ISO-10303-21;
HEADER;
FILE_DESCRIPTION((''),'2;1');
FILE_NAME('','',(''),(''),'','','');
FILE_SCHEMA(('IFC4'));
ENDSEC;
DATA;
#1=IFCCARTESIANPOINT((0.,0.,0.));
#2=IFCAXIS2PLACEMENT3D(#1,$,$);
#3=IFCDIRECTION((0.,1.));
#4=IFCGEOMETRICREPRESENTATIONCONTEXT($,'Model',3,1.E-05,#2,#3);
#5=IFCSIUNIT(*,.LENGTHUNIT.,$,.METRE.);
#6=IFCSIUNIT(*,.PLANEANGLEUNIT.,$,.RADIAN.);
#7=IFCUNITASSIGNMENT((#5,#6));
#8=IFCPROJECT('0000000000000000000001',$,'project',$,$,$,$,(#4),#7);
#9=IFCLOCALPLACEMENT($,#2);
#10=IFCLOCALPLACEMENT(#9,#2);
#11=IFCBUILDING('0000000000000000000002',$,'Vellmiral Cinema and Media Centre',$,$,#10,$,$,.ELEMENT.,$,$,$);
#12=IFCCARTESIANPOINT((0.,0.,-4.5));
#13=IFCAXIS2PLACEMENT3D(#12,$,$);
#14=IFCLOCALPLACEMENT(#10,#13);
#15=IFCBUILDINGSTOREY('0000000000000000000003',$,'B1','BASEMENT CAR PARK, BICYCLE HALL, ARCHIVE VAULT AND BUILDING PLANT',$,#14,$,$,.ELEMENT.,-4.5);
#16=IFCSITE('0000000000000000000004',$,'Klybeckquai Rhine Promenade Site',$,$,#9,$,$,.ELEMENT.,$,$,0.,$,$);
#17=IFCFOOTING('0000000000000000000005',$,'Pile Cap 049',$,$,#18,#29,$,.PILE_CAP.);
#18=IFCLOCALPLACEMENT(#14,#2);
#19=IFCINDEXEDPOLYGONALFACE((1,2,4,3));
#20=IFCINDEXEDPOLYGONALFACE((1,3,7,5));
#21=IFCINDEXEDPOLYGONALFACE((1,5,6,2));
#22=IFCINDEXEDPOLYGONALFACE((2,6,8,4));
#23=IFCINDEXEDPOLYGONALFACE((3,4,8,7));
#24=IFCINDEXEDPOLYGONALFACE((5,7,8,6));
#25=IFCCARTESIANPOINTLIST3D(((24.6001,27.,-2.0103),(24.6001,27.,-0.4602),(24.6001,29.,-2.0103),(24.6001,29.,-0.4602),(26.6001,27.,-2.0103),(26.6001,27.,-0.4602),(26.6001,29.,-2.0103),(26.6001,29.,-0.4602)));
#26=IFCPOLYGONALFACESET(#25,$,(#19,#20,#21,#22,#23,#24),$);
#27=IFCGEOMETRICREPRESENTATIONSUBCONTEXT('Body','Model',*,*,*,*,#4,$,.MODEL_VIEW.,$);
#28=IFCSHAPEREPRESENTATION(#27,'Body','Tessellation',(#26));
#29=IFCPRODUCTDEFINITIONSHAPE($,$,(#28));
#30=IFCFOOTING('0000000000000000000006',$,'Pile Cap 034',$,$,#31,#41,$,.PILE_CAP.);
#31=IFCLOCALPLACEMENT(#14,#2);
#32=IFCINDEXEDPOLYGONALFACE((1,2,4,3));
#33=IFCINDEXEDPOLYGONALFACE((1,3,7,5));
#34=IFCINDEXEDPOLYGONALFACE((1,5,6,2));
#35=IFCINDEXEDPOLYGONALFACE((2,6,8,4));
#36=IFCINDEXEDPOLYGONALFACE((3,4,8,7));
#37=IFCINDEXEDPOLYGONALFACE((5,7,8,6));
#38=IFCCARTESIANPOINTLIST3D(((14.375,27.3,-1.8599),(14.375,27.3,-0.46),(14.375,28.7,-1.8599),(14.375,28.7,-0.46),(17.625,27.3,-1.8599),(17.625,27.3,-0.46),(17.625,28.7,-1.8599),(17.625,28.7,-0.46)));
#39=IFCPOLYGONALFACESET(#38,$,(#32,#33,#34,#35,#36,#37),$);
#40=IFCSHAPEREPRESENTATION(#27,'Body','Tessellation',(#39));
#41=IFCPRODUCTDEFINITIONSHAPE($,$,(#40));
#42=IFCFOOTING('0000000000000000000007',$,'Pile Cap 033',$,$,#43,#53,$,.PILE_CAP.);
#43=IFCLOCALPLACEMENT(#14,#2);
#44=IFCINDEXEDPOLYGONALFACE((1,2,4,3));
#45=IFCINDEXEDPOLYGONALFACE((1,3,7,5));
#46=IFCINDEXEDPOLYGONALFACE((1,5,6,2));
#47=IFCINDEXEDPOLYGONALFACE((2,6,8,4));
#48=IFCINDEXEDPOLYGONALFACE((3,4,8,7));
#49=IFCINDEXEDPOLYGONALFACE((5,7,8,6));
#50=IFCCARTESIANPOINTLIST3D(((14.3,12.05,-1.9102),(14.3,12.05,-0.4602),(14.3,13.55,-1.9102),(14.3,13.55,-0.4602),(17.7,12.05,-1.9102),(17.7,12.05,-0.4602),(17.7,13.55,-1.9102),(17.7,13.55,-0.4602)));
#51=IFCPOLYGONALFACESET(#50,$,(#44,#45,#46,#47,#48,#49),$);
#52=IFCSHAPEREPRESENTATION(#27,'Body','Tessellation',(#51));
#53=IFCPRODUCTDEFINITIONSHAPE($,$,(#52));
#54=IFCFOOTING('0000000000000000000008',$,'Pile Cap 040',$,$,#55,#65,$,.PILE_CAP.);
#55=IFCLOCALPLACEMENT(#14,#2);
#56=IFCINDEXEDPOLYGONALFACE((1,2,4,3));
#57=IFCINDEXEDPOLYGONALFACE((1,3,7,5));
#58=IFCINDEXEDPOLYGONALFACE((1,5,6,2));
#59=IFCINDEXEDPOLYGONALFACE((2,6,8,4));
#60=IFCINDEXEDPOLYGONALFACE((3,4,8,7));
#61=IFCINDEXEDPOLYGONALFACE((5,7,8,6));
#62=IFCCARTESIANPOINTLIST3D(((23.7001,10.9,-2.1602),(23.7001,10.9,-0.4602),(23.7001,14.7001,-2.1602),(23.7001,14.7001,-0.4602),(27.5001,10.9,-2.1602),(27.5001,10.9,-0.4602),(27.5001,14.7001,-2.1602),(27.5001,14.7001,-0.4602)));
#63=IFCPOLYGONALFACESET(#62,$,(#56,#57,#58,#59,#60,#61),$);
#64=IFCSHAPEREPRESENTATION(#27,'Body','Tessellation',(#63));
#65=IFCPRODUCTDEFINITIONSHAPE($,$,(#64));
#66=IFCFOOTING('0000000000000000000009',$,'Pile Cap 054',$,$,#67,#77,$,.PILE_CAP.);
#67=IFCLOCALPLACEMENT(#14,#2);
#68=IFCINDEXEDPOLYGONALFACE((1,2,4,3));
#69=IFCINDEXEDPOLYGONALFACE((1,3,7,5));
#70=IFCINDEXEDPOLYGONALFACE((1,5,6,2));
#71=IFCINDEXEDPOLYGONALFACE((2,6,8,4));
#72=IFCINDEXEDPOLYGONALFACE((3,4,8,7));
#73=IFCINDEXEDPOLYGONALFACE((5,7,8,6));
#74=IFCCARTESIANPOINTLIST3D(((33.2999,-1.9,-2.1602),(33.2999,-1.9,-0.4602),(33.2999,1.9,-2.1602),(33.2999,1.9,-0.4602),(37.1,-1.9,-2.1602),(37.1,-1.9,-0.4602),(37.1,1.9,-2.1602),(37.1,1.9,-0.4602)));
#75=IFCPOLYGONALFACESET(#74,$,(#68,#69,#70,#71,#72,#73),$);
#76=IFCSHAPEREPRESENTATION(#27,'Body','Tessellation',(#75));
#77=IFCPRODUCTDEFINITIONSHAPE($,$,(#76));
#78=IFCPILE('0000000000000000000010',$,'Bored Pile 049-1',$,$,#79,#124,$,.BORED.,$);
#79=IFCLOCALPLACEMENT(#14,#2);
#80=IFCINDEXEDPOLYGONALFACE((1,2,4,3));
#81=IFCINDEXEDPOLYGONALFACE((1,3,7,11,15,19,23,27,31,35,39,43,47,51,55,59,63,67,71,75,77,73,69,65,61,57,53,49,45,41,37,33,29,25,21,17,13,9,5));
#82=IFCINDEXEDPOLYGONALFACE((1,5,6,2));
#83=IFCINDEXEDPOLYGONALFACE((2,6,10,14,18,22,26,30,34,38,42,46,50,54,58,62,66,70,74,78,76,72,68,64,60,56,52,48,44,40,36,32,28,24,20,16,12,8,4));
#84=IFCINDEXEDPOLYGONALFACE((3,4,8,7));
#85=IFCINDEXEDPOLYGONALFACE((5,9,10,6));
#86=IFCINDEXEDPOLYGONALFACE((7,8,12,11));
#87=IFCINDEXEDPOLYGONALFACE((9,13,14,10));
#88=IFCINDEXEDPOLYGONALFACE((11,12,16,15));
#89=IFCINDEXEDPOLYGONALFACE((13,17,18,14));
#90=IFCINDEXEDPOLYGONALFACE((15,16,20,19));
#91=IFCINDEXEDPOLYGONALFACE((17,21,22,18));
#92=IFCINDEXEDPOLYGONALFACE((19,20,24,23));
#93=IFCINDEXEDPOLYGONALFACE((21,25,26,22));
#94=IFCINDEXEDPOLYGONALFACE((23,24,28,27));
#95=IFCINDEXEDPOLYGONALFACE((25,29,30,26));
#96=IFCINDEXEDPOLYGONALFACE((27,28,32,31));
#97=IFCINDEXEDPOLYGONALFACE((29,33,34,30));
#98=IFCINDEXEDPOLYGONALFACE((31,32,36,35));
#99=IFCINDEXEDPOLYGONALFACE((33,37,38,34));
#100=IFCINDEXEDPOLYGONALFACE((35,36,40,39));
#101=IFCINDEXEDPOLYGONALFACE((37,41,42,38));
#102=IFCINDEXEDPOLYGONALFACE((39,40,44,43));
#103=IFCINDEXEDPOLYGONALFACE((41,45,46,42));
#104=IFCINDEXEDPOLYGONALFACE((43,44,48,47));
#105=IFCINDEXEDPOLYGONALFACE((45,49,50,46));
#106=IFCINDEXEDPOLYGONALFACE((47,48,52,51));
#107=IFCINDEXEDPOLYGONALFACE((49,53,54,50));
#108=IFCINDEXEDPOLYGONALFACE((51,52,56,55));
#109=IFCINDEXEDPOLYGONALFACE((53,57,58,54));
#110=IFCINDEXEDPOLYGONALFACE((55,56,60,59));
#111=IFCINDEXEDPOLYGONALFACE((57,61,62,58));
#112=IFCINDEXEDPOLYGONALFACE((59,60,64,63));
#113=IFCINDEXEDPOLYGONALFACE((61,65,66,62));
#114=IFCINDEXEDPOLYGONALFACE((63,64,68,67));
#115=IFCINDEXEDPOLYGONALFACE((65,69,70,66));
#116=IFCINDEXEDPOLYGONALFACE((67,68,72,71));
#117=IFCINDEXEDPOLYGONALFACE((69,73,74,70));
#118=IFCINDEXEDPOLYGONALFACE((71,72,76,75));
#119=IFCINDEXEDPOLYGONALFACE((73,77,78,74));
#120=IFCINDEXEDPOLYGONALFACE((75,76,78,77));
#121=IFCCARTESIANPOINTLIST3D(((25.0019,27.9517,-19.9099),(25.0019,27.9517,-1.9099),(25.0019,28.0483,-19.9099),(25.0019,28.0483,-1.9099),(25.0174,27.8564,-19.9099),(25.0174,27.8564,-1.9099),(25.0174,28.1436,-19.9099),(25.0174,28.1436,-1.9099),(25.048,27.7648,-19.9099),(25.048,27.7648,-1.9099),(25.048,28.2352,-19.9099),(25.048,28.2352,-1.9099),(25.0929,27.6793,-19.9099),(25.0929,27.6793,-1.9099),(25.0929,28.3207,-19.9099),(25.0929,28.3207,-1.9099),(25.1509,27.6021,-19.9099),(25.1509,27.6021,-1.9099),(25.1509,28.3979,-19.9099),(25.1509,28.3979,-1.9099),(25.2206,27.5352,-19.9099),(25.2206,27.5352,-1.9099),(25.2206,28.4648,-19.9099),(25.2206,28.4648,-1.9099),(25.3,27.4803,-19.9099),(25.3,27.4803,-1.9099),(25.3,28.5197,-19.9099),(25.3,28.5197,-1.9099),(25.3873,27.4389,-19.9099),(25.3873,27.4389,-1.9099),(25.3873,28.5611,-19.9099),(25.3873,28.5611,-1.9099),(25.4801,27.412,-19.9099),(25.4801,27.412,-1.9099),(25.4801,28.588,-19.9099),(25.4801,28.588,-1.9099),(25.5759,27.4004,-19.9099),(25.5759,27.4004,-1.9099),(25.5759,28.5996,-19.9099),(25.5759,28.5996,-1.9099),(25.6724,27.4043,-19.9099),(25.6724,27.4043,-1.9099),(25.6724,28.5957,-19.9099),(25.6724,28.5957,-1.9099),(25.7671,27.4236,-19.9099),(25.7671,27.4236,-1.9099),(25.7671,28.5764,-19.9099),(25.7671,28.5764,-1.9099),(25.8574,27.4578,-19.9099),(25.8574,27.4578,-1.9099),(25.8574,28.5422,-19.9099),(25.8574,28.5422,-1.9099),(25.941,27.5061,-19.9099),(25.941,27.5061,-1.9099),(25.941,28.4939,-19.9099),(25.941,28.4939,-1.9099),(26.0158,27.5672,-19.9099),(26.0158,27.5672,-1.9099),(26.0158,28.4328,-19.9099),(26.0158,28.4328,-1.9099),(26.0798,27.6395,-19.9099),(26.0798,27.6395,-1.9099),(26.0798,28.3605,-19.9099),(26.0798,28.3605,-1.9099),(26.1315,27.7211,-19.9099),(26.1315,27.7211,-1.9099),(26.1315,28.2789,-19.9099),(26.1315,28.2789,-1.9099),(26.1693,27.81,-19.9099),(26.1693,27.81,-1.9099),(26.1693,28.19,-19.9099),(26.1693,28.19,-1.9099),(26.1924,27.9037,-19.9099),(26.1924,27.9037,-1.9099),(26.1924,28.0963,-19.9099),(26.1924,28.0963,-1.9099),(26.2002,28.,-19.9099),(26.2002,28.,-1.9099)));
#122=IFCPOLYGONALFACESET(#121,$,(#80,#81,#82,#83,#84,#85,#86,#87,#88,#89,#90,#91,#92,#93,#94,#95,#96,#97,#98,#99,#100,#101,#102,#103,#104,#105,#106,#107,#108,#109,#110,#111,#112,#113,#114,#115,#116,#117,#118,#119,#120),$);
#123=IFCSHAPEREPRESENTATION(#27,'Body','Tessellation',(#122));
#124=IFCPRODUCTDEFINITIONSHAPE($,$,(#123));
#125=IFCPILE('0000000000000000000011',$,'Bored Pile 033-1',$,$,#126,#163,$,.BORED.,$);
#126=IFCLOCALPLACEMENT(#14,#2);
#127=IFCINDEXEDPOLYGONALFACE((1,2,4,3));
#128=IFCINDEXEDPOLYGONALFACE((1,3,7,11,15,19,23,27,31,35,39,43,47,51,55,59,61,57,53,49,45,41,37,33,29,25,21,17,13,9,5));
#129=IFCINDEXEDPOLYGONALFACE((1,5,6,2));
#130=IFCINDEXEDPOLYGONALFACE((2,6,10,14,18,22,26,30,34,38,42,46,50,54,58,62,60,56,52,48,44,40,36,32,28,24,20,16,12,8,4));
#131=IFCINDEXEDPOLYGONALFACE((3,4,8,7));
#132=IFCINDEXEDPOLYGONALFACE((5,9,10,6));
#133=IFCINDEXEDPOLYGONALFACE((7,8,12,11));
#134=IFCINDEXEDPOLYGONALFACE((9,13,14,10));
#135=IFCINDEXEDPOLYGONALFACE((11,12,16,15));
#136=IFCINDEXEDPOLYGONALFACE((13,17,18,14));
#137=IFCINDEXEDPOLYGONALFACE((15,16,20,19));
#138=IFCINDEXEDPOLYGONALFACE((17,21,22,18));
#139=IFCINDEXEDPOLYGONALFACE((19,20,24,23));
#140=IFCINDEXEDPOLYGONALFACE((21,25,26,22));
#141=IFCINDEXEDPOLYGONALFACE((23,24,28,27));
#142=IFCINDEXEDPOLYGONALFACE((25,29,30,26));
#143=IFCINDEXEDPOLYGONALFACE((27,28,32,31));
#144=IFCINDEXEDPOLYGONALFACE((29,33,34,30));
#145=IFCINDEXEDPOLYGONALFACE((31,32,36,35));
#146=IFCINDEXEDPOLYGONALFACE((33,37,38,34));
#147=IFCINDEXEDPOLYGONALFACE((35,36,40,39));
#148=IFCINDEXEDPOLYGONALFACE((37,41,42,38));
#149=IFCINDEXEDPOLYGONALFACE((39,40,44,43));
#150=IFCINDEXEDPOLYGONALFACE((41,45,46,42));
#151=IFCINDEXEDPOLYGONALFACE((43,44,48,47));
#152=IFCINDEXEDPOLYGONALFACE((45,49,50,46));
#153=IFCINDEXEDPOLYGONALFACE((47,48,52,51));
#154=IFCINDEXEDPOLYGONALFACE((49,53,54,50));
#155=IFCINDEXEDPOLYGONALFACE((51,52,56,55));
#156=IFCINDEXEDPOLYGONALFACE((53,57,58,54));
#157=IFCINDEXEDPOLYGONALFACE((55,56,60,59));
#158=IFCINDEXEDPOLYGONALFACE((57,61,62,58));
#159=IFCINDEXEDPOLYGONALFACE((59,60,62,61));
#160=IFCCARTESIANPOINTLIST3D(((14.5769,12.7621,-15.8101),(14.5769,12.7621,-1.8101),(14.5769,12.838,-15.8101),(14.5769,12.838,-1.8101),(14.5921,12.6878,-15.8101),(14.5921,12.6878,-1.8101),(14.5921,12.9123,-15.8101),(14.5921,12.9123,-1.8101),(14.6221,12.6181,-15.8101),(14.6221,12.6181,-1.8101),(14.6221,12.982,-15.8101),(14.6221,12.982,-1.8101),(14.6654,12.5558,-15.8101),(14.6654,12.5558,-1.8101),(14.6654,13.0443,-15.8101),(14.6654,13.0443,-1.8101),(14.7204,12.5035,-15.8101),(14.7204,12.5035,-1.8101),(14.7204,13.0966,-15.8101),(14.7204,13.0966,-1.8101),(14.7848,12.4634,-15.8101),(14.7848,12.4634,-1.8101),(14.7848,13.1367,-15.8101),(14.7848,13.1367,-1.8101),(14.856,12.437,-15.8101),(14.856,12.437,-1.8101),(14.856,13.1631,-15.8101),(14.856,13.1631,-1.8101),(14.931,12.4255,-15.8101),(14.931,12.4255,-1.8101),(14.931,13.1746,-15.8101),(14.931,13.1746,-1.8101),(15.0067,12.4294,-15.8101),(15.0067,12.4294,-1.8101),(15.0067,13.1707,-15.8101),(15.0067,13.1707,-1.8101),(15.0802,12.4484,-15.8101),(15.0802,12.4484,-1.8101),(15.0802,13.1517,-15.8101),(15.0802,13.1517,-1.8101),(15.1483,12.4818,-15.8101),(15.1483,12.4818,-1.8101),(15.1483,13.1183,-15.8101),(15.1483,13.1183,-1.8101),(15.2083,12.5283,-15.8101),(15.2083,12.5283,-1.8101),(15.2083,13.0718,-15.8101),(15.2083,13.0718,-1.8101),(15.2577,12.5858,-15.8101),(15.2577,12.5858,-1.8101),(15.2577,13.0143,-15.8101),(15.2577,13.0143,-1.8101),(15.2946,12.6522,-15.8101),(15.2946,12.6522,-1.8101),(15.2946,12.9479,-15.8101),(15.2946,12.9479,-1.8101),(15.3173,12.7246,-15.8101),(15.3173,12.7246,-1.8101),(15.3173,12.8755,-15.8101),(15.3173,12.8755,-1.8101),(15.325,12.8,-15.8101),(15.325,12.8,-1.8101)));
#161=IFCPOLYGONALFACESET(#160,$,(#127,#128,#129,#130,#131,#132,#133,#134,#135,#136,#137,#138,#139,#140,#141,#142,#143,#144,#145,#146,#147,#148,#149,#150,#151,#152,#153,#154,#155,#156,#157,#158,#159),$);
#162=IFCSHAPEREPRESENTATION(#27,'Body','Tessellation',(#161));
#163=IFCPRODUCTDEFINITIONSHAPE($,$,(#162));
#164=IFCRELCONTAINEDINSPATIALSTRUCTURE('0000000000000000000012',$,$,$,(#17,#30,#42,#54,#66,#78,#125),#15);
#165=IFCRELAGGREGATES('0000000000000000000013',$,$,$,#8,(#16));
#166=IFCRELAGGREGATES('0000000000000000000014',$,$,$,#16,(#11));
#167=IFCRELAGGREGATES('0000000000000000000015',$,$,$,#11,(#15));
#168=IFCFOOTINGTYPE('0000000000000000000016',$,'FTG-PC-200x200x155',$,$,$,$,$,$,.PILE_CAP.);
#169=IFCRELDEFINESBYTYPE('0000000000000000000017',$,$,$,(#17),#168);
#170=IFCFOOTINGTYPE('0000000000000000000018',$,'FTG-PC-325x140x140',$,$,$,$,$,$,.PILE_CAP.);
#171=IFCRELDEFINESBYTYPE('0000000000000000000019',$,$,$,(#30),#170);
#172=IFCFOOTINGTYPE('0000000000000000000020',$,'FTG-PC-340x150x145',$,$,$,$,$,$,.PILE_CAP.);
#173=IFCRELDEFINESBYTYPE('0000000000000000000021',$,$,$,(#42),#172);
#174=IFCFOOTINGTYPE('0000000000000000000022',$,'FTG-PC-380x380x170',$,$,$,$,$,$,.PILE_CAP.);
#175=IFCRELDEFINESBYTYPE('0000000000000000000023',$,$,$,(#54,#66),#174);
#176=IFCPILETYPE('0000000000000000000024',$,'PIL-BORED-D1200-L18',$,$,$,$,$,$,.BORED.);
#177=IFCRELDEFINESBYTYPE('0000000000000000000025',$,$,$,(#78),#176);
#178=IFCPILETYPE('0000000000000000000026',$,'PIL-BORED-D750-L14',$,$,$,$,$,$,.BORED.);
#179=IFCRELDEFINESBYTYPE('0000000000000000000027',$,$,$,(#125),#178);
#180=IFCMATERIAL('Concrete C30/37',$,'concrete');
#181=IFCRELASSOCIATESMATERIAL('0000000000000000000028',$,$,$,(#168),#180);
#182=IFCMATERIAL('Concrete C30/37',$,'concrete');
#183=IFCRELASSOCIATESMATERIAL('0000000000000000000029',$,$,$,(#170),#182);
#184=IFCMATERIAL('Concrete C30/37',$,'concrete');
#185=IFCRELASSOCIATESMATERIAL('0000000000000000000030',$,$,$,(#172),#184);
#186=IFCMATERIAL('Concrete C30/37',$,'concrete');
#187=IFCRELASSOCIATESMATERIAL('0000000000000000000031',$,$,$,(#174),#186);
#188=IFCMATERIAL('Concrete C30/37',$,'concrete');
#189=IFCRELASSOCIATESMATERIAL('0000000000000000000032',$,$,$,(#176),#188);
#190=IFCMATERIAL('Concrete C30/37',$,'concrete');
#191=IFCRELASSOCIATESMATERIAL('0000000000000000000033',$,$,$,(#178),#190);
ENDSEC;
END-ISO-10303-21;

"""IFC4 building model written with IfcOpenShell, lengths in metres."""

from ifc_helpers import new_model, si_unit, direction, frame, origin, origin_2d, place, context, subcontext, project, spatial, rectangle, circle, extrude, material, material_profile, profile_set, type_object, element, save


model = new_model("IFC4")

# Units and contexts
model_context = context("Model", 3, precision=1e-05, world=origin(), true_north=direction((0.0, 1.0)))
body_context = subcontext(model_context, "Body", "Model", "MODEL_VIEW")
ifc_project = project(units=[si_unit("LENGTHUNIT", "METRE"), si_unit("PLANEANGLEUNIT", "RADIAN")], contexts=[model_context])

# Site, building, storey
site_placement = place(None, origin())
site = spatial("IfcSite", under=ifc_project, at=site_placement, Name="Klybeckquai Rhine Promenade Site", CompositionType="ELEMENT", RefElevation=0.0)
building_placement = place(site_placement, origin())
building = spatial("IfcBuilding", under=site, at=building_placement, Name="Vellmiral Cinema and Media Centre", CompositionType="ELEMENT")
storey_placement = place(building_placement, frame((0.0, 0.0, -4.5)))
storey = spatial("IfcBuildingStorey", under=building, at=storey_placement, Name="B1", Description="BASEMENT CAR PARK, BICYCLE HALL, ARCHIVE VAULT AND BUILDING PLANT", CompositionType="ELEMENT", Elevation=-4.5)

# Footings
ifc_material_1 = material(Name="Concrete C30/37", Category="concrete")
footing_type_1 = type_object("IfcFootingType", Name="FTG-PC-200x200x155", PredefinedType="PILE_CAP", material=ifc_material_1)
footing_1_placement = place(storey_placement, frame((25.6001, 28.0, -2.0103), z_axis=(0.0, 0.0, 1.0), x_axis=(1.0, 0.0, 0.0)))
element("IfcFooting", 1, at=footing_1_placement, inside=storey, type_object=footing_type_1, Name="Pile Cap 049", PredefinedType="PILE_CAP", context=body_context, shape_type="SweptSolid", body=[
    extrude(rectangle(XDim=2.0, YDim=2.0, at=origin_2d()), origin(), (0.0, 0.0, 1.0), 1.55),
])
ifc_material_2 = material(Name="Concrete C30/37", Category="concrete")
footing_type_2 = type_object("IfcFootingType", Name="FTG-PC-325x140x140", PredefinedType="PILE_CAP", material=ifc_material_2)
footing_2_placement = place(storey_placement, frame((16.0, 28.0, -1.8599), z_axis=(0.0, 0.0, 1.0), x_axis=(1.0, 0.0, 0.0)))
element("IfcFooting", 2, at=footing_2_placement, inside=storey, type_object=footing_type_2, Name="Pile Cap 034", PredefinedType="PILE_CAP", context=body_context, shape_type="SweptSolid", body=[
    extrude(rectangle(XDim=3.25, YDim=1.3999, at=origin_2d()), origin(), (0.0, 0.0, 1.0), 1.3999),
])
ifc_material_3 = material(Name="Concrete C30/37", Category="concrete")
footing_type_3 = type_object("IfcFootingType", Name="FTG-PC-340x150x145", PredefinedType="PILE_CAP", material=ifc_material_3)
footing_3_placement = place(storey_placement, frame((16.0, 12.8, -1.9102), z_axis=(0.0, 0.0, 1.0), x_axis=(1.0, 0.0, 0.0)))
element("IfcFooting", 3, at=footing_3_placement, inside=storey, type_object=footing_type_3, Name="Pile Cap 033", PredefinedType="PILE_CAP", context=body_context, shape_type="SweptSolid", body=[
    extrude(rectangle(XDim=3.3999, YDim=1.5, at=origin_2d()), origin(), (0.0, 0.0, 1.0), 1.45),
])
ifc_material_4 = material(Name="Concrete C30/37", Category="concrete")
footing_type_4 = type_object("IfcFootingType", Name="FTG-PC-380x380x170", PredefinedType="PILE_CAP", material=ifc_material_4)
for number, where, z_axis, x_axis, name in (
    (4, (25.6001, 12.8, -2.1602), (0.0, 0.0, 1.0), (1.0, 0.0, 0.0), "Pile Cap 040"),
    (5, (35.2, 0.0, -2.1602), (0.0, 0.0, 1.0), (1.0, 0.0, 0.0), "Pile Cap 054"),
):
    element("IfcFooting", number, at=place(storey_placement, frame(where, z_axis=z_axis, x_axis=x_axis)), inside=storey, type_object=footing_type_4, Name=name, PredefinedType="PILE_CAP", context=body_context, shape_type="SweptSolid", body=[
        extrude(rectangle(XDim=3.8, YDim=3.8, at=origin_2d()), origin(), (0.0, 0.0, 1.0), 1.7),
    ])

# Piles
ifc_material_5 = material(Name="Concrete C30/37", Category="concrete")
ifc_material_profile_1 = material_profile(ifc_material_5, circle(Radius=0.6001, at=origin_2d()), Name="PILE D1200")
ifc_profile_set_1 = profile_set([ifc_material_profile_1], Name="Concrete C30/37")
pile_type_1 = type_object("IfcPileType", Name="PIL-BORED-D1200-L18", PredefinedType="BORED", material=ifc_profile_set_1)
pile_placement = place(storey_placement, frame((25.6001, 28.0, -1.9099), z_axis=(0.0, 0.0, -1.0), x_axis=(1.0, 0.0, 0.0)))
element("IfcPile", 6, at=pile_placement, inside=storey, type_object=pile_type_1, Name="Bored Pile 049-1", PredefinedType="BORED", context=body_context, shape_type="SweptSolid", body=[
    extrude(circle(Radius=0.6001, at=origin_2d()), origin(), (0.0, 0.0, 1.0), 18.0),
])
ifc_material_6 = material(Name="Concrete C30/37", Category="concrete")
ifc_material_profile_2 = material_profile(ifc_material_6, circle(Radius=0.375, at=origin_2d()), Name="PILE D750")
ifc_profile_set_2 = profile_set([ifc_material_profile_2], Name="Concrete C30/37")
pile_type_2 = type_object("IfcPileType", Name="PIL-BORED-D750-L14", PredefinedType="BORED", material=ifc_profile_set_2)
for number, where, z_axis, x_axis, name in (
    (7, (14.95, 12.8, -1.8101), (0.0, 0.0, -1.0), (1.0, 0.0, 0.0), "Bored Pile 033-1"),
):
    element("IfcPile", number, at=place(storey_placement, frame(where, z_axis=z_axis, x_axis=x_axis)), inside=storey, type_object=pile_type_2, Name=name, PredefinedType="BORED", context=body_context, shape_type="SweptSolid", body=[
        extrude(circle(Radius=0.375, at=origin_2d()), origin(), (0.0, 0.0, 1.0), 14.0),
    ])

save(model, "model.ifc")
